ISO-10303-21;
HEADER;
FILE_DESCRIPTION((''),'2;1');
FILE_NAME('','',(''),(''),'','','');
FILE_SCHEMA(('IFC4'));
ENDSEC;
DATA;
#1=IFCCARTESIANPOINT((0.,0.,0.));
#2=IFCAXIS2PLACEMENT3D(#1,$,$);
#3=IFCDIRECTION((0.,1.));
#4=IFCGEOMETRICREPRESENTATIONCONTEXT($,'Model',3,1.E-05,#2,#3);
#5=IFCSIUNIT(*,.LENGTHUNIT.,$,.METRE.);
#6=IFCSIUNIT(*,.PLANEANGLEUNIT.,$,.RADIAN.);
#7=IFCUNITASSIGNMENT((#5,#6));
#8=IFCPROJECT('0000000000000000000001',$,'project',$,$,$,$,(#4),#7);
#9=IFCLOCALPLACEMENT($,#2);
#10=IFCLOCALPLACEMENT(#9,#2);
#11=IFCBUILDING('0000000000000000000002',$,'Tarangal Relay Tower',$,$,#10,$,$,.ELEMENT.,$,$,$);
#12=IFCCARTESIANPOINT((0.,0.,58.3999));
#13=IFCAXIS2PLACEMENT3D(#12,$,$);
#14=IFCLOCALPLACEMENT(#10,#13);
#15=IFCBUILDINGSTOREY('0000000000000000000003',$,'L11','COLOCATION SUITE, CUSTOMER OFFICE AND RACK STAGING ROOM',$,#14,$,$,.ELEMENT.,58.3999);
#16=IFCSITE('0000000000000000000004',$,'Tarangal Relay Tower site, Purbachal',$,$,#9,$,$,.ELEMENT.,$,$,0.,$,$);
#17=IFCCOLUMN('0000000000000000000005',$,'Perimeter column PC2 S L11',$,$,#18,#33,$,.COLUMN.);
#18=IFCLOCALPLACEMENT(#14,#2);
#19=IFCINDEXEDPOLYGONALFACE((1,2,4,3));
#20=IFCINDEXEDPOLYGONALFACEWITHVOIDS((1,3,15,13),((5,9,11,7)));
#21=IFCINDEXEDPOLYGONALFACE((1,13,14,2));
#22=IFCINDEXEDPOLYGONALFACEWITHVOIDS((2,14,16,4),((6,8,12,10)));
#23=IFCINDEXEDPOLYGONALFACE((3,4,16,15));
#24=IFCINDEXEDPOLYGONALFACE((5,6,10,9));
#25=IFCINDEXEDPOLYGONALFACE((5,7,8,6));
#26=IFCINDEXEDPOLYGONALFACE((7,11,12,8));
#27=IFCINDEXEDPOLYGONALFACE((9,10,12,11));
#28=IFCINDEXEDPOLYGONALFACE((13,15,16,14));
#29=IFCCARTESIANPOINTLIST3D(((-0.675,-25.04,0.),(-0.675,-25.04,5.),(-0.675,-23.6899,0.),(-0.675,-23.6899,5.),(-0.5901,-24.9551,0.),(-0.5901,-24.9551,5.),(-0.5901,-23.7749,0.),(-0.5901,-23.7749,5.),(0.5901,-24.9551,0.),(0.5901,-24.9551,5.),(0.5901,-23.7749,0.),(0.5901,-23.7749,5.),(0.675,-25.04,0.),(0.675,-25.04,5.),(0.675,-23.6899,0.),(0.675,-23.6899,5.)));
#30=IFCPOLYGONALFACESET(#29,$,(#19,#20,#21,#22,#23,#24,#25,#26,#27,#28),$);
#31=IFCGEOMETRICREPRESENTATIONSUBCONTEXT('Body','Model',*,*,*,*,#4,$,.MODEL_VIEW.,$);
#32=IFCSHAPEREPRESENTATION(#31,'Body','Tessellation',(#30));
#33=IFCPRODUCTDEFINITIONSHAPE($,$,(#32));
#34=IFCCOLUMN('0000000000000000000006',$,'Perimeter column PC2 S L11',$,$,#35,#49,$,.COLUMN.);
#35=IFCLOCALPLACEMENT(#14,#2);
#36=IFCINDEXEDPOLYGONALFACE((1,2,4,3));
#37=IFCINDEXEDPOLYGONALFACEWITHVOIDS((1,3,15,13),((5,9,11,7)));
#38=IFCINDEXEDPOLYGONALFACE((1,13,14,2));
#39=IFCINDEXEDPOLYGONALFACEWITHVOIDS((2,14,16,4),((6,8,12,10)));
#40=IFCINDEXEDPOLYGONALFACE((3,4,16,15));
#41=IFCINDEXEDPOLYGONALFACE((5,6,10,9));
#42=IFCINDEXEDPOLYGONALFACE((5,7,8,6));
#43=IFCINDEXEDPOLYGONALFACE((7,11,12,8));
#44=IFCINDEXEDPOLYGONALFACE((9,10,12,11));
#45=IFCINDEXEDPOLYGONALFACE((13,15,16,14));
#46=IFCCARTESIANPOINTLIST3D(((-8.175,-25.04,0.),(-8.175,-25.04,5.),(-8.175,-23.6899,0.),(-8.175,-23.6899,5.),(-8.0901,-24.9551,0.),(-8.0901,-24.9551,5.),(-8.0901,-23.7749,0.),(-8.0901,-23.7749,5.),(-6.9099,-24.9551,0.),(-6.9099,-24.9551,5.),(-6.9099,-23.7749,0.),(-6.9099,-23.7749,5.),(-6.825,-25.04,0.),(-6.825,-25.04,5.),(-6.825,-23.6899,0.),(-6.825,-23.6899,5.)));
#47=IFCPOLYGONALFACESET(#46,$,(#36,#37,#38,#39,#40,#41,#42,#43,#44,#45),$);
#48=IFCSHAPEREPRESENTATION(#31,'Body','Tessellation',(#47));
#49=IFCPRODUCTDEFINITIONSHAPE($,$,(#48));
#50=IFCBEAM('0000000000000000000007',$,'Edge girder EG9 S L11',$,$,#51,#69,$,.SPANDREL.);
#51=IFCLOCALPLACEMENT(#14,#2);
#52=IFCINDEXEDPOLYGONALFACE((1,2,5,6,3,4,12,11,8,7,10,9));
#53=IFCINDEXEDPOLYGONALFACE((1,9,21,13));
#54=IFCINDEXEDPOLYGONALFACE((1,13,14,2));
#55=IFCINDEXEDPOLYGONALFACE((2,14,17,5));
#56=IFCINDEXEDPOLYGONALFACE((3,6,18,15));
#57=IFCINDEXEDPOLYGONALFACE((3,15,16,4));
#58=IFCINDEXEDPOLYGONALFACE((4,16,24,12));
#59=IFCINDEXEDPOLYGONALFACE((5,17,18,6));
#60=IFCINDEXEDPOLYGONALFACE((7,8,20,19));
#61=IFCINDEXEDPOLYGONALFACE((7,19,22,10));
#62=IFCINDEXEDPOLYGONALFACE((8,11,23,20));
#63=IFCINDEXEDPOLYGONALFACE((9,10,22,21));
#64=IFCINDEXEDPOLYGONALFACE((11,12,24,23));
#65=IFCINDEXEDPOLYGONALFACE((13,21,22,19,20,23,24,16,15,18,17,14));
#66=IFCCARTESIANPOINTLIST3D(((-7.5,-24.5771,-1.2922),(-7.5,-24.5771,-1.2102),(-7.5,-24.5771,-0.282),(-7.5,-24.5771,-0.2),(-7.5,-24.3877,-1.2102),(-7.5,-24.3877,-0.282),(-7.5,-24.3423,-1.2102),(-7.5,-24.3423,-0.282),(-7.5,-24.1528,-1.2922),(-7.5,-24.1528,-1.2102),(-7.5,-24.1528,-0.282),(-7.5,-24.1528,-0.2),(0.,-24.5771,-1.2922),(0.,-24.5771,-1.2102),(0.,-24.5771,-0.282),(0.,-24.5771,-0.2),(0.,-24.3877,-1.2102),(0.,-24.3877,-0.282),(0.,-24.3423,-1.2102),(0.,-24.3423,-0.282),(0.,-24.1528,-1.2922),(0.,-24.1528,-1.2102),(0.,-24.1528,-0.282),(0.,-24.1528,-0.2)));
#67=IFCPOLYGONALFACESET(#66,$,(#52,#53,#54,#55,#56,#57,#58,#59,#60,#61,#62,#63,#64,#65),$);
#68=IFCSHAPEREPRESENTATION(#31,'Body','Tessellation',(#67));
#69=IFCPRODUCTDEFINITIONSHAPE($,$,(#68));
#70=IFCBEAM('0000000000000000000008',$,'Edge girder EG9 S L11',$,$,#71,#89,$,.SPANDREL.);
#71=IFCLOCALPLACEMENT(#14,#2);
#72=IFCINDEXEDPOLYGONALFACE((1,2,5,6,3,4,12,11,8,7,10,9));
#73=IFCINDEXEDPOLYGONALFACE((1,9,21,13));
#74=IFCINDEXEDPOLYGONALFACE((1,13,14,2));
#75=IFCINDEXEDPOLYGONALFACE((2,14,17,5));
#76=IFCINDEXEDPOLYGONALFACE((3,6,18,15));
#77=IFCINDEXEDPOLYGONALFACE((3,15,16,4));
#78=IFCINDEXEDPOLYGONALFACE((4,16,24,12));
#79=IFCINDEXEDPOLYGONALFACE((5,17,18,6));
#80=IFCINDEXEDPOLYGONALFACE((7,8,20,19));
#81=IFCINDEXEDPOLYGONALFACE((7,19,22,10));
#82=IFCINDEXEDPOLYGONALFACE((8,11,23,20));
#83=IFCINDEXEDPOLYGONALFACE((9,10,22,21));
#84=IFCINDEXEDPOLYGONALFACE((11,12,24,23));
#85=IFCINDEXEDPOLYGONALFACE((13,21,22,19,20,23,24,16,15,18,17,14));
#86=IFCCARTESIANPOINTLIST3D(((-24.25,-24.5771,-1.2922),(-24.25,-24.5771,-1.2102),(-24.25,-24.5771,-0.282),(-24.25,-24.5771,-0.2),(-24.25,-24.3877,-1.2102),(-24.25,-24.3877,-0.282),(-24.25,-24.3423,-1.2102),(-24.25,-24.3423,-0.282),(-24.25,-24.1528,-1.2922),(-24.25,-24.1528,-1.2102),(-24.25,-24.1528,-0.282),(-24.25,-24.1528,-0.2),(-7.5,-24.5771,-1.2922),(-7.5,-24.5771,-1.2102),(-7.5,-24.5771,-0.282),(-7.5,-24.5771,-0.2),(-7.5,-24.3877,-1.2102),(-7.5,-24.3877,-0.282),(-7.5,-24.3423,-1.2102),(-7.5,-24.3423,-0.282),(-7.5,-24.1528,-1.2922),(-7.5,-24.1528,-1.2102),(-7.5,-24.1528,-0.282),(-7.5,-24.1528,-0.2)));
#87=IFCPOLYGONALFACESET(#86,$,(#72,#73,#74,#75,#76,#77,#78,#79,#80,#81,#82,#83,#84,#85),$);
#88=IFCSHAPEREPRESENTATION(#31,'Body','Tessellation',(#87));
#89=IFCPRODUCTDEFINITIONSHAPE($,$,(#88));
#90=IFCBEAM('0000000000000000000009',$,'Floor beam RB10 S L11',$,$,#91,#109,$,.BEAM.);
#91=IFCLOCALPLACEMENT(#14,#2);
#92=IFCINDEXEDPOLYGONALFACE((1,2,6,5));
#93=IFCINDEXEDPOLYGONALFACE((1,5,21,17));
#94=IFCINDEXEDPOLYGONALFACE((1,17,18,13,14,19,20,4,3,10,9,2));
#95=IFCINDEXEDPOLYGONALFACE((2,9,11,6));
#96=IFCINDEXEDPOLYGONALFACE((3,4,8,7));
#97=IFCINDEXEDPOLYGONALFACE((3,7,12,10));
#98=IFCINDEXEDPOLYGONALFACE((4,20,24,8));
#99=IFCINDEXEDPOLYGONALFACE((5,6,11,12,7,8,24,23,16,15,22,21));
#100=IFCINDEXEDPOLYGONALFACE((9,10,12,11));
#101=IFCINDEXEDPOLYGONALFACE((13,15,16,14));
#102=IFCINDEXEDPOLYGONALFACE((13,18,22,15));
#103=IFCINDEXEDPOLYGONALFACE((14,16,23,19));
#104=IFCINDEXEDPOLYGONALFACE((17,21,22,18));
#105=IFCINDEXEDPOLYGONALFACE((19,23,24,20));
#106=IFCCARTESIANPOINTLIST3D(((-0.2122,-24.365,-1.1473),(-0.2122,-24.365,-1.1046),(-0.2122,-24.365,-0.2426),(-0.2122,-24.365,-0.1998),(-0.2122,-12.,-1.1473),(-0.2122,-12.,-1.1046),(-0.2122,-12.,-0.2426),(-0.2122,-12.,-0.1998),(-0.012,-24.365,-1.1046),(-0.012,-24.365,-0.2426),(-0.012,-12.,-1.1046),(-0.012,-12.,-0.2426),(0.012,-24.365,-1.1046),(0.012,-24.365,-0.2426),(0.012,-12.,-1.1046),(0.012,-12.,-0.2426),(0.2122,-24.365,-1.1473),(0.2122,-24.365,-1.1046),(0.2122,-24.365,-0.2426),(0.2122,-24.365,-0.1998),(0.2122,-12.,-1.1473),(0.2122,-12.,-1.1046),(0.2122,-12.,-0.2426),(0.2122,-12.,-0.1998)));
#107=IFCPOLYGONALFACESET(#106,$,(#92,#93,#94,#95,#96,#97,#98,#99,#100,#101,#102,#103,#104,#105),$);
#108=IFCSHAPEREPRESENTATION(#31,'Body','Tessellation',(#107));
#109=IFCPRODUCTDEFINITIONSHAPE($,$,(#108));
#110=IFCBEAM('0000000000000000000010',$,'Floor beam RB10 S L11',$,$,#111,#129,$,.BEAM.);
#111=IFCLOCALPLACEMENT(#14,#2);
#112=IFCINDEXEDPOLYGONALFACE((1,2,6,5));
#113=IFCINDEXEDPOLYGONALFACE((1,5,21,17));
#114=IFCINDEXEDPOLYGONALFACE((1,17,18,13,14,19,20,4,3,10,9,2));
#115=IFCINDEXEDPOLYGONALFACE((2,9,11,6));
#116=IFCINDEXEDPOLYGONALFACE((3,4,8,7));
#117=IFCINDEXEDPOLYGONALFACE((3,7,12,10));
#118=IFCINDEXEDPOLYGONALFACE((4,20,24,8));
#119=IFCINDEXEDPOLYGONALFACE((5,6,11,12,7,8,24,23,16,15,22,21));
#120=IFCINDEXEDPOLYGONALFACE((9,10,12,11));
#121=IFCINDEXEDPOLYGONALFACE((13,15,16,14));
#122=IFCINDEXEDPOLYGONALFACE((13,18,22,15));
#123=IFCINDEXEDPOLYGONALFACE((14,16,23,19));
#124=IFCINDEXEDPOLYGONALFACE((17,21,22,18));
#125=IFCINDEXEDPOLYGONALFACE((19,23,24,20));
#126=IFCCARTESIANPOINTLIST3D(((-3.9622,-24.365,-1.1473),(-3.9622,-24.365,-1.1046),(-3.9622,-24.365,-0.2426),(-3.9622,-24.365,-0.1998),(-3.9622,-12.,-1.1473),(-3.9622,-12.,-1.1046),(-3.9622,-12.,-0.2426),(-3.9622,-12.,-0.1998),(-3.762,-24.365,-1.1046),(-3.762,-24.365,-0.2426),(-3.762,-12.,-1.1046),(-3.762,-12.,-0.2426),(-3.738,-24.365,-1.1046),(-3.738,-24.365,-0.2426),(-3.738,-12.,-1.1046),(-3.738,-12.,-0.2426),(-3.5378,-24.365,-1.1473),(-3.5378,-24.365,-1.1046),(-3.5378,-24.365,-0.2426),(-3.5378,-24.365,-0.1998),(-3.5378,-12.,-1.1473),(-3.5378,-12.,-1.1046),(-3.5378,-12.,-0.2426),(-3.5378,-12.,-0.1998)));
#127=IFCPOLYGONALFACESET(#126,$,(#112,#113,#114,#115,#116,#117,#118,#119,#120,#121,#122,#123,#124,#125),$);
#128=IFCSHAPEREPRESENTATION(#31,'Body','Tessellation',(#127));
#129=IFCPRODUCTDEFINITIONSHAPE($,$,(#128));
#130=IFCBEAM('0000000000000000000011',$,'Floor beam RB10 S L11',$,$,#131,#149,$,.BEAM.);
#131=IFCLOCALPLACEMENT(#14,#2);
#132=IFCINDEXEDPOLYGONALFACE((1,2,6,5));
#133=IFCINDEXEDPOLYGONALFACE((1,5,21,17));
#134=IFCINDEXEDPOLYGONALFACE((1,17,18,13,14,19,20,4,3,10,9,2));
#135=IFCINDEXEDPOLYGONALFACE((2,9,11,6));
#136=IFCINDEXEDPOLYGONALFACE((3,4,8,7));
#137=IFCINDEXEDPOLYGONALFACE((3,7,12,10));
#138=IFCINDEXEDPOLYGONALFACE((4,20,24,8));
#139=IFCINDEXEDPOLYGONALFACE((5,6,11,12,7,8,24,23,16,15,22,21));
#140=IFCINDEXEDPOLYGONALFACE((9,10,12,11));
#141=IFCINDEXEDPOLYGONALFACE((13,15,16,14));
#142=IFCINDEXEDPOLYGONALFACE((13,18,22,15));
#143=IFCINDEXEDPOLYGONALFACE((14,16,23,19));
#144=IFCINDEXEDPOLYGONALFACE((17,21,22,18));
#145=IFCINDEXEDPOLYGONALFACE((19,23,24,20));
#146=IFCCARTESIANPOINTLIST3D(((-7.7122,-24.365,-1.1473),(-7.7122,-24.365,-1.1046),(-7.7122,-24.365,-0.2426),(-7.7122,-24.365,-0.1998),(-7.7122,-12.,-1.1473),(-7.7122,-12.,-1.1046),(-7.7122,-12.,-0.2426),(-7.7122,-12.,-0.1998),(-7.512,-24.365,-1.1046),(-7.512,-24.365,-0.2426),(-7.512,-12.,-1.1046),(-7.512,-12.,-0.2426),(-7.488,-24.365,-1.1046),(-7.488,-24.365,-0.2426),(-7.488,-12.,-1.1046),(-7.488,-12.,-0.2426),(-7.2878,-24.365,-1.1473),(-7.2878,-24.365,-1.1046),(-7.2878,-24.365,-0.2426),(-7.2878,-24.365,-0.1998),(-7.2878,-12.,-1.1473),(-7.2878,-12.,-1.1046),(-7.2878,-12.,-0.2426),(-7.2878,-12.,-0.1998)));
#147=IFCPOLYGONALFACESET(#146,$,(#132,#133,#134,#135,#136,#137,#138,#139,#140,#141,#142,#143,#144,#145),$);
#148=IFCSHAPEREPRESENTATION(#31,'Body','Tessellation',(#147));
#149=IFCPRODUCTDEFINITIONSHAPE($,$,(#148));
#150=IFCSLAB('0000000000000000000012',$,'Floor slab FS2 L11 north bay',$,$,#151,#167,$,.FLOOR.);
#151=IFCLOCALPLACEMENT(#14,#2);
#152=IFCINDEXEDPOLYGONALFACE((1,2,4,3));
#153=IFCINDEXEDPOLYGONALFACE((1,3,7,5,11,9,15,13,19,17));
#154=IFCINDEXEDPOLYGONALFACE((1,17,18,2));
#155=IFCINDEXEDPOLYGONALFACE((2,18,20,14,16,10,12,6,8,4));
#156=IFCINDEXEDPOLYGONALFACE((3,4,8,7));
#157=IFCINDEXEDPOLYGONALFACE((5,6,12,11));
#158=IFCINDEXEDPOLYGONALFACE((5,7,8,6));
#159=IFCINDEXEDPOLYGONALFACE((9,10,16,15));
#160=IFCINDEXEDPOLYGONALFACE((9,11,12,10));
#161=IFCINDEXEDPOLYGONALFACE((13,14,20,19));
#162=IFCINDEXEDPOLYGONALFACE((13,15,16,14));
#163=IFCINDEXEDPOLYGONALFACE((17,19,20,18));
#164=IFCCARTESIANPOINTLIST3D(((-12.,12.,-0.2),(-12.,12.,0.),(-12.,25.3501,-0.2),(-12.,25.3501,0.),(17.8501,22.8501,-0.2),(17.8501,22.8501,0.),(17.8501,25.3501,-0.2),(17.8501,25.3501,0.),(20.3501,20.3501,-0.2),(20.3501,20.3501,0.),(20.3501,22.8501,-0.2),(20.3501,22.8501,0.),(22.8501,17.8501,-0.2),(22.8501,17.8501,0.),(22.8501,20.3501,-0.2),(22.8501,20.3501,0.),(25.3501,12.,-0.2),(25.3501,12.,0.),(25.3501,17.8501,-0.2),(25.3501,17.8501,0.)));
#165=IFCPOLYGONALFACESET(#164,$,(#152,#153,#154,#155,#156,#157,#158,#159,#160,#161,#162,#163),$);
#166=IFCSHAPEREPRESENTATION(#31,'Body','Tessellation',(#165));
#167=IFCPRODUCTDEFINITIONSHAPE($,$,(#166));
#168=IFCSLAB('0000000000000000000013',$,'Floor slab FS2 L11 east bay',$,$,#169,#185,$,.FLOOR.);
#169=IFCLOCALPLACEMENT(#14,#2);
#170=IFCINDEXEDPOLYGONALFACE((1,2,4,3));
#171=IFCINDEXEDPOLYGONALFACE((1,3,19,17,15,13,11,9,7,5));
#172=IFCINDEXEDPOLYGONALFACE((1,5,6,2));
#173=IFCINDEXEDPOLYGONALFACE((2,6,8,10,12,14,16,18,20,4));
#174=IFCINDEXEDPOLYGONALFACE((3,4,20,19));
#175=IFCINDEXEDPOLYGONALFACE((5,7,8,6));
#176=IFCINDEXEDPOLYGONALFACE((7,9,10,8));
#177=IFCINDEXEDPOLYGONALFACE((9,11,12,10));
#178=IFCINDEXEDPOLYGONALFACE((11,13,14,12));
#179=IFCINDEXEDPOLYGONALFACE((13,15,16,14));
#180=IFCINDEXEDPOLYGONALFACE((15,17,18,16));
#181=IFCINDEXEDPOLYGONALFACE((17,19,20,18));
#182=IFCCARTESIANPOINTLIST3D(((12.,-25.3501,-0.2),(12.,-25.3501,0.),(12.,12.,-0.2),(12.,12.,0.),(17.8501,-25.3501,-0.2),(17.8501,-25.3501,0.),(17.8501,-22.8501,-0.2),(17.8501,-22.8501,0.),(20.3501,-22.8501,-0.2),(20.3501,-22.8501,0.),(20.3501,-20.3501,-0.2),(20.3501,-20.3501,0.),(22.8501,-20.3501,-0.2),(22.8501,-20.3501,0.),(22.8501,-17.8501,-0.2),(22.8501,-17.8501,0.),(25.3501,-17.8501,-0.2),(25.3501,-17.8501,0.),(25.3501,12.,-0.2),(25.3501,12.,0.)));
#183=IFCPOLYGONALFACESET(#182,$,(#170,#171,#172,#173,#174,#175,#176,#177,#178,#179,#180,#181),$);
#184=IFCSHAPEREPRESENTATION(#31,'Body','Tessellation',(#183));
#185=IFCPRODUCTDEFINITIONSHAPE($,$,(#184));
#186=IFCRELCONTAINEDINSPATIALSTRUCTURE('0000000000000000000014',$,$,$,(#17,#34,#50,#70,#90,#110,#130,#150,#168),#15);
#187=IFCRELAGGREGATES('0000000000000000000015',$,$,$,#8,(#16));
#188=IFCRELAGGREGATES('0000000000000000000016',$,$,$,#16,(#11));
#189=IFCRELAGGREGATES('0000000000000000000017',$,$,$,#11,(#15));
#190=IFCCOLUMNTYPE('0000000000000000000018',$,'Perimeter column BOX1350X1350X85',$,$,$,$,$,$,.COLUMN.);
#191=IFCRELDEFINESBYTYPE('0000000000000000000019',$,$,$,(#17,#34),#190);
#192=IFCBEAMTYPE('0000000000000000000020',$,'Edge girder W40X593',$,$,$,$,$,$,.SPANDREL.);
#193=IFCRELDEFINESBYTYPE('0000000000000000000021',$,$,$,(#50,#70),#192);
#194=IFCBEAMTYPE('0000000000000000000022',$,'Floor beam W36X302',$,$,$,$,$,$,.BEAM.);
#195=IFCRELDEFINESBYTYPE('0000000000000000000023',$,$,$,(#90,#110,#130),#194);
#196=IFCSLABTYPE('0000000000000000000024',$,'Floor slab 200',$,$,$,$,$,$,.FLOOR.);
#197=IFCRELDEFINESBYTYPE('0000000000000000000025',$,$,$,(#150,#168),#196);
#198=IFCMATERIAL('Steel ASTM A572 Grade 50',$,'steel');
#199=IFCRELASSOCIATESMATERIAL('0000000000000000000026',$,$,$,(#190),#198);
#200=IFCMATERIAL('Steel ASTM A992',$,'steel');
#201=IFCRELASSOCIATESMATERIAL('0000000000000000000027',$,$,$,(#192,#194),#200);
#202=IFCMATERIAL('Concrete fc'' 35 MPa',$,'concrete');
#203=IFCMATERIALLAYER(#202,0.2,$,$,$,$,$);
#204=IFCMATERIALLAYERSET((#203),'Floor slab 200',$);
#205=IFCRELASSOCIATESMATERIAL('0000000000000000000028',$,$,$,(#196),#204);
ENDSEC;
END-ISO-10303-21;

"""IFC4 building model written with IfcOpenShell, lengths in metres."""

from ifc_helpers import new_model, si_unit, direction, frame, origin, origin_2d, place, context, subcontext, project, spatial, polyline, hollow_rectangle, i_section, outline, extrude, material, layer, layer_set, material_profile, profile_set, type_object, element, save


model = new_model("IFC4")

# Units and contexts
model_context = context("Model", 3, precision=1e-05, world=origin(), true_north=direction((0.0, 1.0)))
body_context = subcontext(model_context, "Body", "Model", "MODEL_VIEW")
ifc_project = project(units=[si_unit("LENGTHUNIT", "METRE"), si_unit("PLANEANGLEUNIT", "RADIAN")], contexts=[model_context])

# Site, building, storey
site_placement = place(None, origin())
site = spatial("IfcSite", under=ifc_project, at=site_placement, Name="Tarangal Relay Tower site, Purbachal", CompositionType="ELEMENT", RefElevation=0.0)
building_placement = place(site_placement, origin())
building = spatial("IfcBuilding", under=site, at=building_placement, Name="Tarangal Relay Tower", CompositionType="ELEMENT")
storey_placement = place(building_placement, frame((0.0, 0.0, 58.3999)))
storey = spatial("IfcBuildingStorey", under=building, at=storey_placement, Name="L11", Description="COLOCATION SUITE, CUSTOMER OFFICE AND RACK STAGING ROOM", CompositionType="ELEMENT", Elevation=58.3999)

# Columns
ifc_material_1 = material(Name="Steel ASTM A572 Grade 50", Category="steel")
ifc_material_profile_1 = material_profile(ifc_material_1, hollow_rectangle(XDim=1.3501, YDim=1.3501, WallThickness=0.085, at=origin_2d()), Name="BOX1350X1350X85")
ifc_profile_set_1 = profile_set([ifc_material_profile_1], Name="Steel ASTM A572 Grade 50")
column_type = type_object("IfcColumnType", Name="Perimeter column BOX1350X1350X85", PredefinedType="COLUMN", material=ifc_profile_set_1)
for number, where, z_axis, x_axis, name in (
    (1, (0.0, -24.365, 0.0), (0.0, 0.0, 1.0), (1.0, 0.0, 0.0), "Perimeter column PC2 S L11"),
    (2, (-7.5, -24.365, 0.0), (0.0, 0.0, 1.0), (1.0, 0.0, 0.0), "Perimeter column PC2 S L11"),
):
    element("IfcColumn", number, at=place(storey_placement, frame(where, z_axis=z_axis, x_axis=x_axis)), inside=storey, type_object=column_type, Name=name, PredefinedType="COLUMN", context=body_context, shape_type="SweptSolid", body=[
        extrude(hollow_rectangle(XDim=1.3501, YDim=1.3501, WallThickness=0.085, at=origin_2d()), origin(), (0.0, 0.0, 1.0), 5.0),
    ])

# Beams
ifc_material_2 = material(Name="Steel ASTM A992", Category="steel")
ifc_material_profile_2 = material_profile(ifc_material_2, i_section(OverallWidth=0.4243, OverallDepth=1.0923, WebThickness=0.0454, FlangeThickness=0.082, at=origin_2d()), Name="W40X593")
ifc_profile_set_2 = profile_set([ifc_material_profile_2], Name="Steel ASTM A992")
beam_type_1 = type_object("IfcBeamType", Name="Edge girder W40X593", PredefinedType="SPANDREL", material=ifc_profile_set_2)
beam_1_placement = place(storey_placement, frame((0.0, -24.365, -0.7461), z_axis=(-1.0, 0.0, 0.0), x_axis=(0.0, -1.0, 0.0)))
element("IfcBeam", 3, at=beam_1_placement, inside=storey, type_object=beam_type_1, Name="Edge girder EG9 S L11", PredefinedType="SPANDREL", context=body_context, shape_type="SweptSolid", body=[
    extrude(i_section(OverallWidth=0.4243, OverallDepth=1.0923, WebThickness=0.0454, FlangeThickness=0.082, at=origin_2d()), origin(), (0.0, 0.0, 1.0), 7.5),
])
beam_2_placement = place(storey_placement, frame((-7.5, -24.365, -0.7461), z_axis=(-1.0, 0.0, 0.0), x_axis=(0.0, -1.0, 0.0)))
element("IfcBeam", 4, at=beam_2_placement, inside=storey, type_object=beam_type_1, Name="Edge girder EG9 S L11", PredefinedType="SPANDREL", context=body_context, shape_type="SweptSolid", body=[
    extrude(i_section(OverallWidth=0.4243, OverallDepth=1.0923, WebThickness=0.0454, FlangeThickness=0.082, at=origin_2d()), origin(), (0.0, 0.0, 1.0), 16.75),
])
ifc_material_profile_3 = material_profile(ifc_material_2, i_section(OverallWidth=0.4243, OverallDepth=0.9475, WebThickness=0.0239, FlangeThickness=0.0427, at=origin_2d()), Name="W36X302")
ifc_profile_set_3 = profile_set([ifc_material_profile_3], Name="Steel ASTM A992")
beam_type_2 = type_object("IfcBeamType", Name="Floor beam W36X302", PredefinedType="BEAM", material=ifc_profile_set_3)
for number, where, z_axis, x_axis, name in (
    (5, (0.0, -12.0, -0.6736), (0.0, -1.0, 0.0), (1.0, 0.0, 0.0), "Floor beam RB10 S L11"),
    (6, (-3.75, -12.0, -0.6736), (0.0, -1.0, 0.0), (1.0, 0.0, 0.0), "Floor beam RB10 S L11"),
    (7, (-7.5, -12.0, -0.6736), (0.0, -1.0, 0.0), (1.0, 0.0, 0.0), "Floor beam RB10 S L11"),
):
    element("IfcBeam", number, at=place(storey_placement, frame(where, z_axis=z_axis, x_axis=x_axis)), inside=storey, type_object=beam_type_2, Name=name, PredefinedType="BEAM", context=body_context, shape_type="SweptSolid", body=[
        extrude(i_section(OverallWidth=0.4243, OverallDepth=0.9475, WebThickness=0.0239, FlangeThickness=0.0427, at=origin_2d()), origin(), (0.0, 0.0, 1.0), 12.365),
    ])

# Slabs
ifc_material_3 = material(Name="Concrete fc' 35 MPa", Category="concrete")
ifc_layer_1 = layer(ifc_material_3, 0.2)
ifc_layer_set_1 = layer_set([ifc_layer_1], Name="Floor slab 200")
slab_type = type_object("IfcSlabType", Name="Floor slab 200", PredefinedType="FLOOR", material=ifc_layer_set_1)
slab_1_placement = place(storey_placement, frame((0.0, 0.0, -0.2)))
element("IfcSlab", 8, at=slab_1_placement, inside=storey, type_object=slab_type, Name="Floor slab FS2 L11 north bay", PredefinedType="FLOOR", context=body_context, shape_type="SweptSolid", body=[
    extrude(outline(polyline([(17.8501, 25.3501), (17.8501, 22.8501), (20.3501, 22.8501), (20.3501, 20.3501), (22.8501, 20.3501), (22.8501, 17.8501), (25.3501, 17.8501), (25.3501, 12.0), (-12.0, 12.0), (-12.0, 25.3501), (17.8501, 25.3501)])), origin(), (0.0, 0.0, 1.0), 0.2),
])
slab_2_placement = place(storey_placement, frame((0.0, 0.0, -0.2)))
element("IfcSlab", 9, at=slab_2_placement, inside=storey, type_object=slab_type, Name="Floor slab FS2 L11 east bay", PredefinedType="FLOOR", context=body_context, shape_type="SweptSolid", body=[
    extrude(outline(polyline([(25.3501, -17.8501), (22.8501, -17.8501), (22.8501, -20.3501), (20.3501, -20.3501), (20.3501, -22.8501), (17.8501, -22.8501), (17.8501, -25.3501), (12.0, -25.3501), (12.0, 12.0), (25.3501, 12.0), (25.3501, -17.8501)])), origin(), (0.0, 0.0, 1.0), 0.2),
])

save(model, "model.ifc")
